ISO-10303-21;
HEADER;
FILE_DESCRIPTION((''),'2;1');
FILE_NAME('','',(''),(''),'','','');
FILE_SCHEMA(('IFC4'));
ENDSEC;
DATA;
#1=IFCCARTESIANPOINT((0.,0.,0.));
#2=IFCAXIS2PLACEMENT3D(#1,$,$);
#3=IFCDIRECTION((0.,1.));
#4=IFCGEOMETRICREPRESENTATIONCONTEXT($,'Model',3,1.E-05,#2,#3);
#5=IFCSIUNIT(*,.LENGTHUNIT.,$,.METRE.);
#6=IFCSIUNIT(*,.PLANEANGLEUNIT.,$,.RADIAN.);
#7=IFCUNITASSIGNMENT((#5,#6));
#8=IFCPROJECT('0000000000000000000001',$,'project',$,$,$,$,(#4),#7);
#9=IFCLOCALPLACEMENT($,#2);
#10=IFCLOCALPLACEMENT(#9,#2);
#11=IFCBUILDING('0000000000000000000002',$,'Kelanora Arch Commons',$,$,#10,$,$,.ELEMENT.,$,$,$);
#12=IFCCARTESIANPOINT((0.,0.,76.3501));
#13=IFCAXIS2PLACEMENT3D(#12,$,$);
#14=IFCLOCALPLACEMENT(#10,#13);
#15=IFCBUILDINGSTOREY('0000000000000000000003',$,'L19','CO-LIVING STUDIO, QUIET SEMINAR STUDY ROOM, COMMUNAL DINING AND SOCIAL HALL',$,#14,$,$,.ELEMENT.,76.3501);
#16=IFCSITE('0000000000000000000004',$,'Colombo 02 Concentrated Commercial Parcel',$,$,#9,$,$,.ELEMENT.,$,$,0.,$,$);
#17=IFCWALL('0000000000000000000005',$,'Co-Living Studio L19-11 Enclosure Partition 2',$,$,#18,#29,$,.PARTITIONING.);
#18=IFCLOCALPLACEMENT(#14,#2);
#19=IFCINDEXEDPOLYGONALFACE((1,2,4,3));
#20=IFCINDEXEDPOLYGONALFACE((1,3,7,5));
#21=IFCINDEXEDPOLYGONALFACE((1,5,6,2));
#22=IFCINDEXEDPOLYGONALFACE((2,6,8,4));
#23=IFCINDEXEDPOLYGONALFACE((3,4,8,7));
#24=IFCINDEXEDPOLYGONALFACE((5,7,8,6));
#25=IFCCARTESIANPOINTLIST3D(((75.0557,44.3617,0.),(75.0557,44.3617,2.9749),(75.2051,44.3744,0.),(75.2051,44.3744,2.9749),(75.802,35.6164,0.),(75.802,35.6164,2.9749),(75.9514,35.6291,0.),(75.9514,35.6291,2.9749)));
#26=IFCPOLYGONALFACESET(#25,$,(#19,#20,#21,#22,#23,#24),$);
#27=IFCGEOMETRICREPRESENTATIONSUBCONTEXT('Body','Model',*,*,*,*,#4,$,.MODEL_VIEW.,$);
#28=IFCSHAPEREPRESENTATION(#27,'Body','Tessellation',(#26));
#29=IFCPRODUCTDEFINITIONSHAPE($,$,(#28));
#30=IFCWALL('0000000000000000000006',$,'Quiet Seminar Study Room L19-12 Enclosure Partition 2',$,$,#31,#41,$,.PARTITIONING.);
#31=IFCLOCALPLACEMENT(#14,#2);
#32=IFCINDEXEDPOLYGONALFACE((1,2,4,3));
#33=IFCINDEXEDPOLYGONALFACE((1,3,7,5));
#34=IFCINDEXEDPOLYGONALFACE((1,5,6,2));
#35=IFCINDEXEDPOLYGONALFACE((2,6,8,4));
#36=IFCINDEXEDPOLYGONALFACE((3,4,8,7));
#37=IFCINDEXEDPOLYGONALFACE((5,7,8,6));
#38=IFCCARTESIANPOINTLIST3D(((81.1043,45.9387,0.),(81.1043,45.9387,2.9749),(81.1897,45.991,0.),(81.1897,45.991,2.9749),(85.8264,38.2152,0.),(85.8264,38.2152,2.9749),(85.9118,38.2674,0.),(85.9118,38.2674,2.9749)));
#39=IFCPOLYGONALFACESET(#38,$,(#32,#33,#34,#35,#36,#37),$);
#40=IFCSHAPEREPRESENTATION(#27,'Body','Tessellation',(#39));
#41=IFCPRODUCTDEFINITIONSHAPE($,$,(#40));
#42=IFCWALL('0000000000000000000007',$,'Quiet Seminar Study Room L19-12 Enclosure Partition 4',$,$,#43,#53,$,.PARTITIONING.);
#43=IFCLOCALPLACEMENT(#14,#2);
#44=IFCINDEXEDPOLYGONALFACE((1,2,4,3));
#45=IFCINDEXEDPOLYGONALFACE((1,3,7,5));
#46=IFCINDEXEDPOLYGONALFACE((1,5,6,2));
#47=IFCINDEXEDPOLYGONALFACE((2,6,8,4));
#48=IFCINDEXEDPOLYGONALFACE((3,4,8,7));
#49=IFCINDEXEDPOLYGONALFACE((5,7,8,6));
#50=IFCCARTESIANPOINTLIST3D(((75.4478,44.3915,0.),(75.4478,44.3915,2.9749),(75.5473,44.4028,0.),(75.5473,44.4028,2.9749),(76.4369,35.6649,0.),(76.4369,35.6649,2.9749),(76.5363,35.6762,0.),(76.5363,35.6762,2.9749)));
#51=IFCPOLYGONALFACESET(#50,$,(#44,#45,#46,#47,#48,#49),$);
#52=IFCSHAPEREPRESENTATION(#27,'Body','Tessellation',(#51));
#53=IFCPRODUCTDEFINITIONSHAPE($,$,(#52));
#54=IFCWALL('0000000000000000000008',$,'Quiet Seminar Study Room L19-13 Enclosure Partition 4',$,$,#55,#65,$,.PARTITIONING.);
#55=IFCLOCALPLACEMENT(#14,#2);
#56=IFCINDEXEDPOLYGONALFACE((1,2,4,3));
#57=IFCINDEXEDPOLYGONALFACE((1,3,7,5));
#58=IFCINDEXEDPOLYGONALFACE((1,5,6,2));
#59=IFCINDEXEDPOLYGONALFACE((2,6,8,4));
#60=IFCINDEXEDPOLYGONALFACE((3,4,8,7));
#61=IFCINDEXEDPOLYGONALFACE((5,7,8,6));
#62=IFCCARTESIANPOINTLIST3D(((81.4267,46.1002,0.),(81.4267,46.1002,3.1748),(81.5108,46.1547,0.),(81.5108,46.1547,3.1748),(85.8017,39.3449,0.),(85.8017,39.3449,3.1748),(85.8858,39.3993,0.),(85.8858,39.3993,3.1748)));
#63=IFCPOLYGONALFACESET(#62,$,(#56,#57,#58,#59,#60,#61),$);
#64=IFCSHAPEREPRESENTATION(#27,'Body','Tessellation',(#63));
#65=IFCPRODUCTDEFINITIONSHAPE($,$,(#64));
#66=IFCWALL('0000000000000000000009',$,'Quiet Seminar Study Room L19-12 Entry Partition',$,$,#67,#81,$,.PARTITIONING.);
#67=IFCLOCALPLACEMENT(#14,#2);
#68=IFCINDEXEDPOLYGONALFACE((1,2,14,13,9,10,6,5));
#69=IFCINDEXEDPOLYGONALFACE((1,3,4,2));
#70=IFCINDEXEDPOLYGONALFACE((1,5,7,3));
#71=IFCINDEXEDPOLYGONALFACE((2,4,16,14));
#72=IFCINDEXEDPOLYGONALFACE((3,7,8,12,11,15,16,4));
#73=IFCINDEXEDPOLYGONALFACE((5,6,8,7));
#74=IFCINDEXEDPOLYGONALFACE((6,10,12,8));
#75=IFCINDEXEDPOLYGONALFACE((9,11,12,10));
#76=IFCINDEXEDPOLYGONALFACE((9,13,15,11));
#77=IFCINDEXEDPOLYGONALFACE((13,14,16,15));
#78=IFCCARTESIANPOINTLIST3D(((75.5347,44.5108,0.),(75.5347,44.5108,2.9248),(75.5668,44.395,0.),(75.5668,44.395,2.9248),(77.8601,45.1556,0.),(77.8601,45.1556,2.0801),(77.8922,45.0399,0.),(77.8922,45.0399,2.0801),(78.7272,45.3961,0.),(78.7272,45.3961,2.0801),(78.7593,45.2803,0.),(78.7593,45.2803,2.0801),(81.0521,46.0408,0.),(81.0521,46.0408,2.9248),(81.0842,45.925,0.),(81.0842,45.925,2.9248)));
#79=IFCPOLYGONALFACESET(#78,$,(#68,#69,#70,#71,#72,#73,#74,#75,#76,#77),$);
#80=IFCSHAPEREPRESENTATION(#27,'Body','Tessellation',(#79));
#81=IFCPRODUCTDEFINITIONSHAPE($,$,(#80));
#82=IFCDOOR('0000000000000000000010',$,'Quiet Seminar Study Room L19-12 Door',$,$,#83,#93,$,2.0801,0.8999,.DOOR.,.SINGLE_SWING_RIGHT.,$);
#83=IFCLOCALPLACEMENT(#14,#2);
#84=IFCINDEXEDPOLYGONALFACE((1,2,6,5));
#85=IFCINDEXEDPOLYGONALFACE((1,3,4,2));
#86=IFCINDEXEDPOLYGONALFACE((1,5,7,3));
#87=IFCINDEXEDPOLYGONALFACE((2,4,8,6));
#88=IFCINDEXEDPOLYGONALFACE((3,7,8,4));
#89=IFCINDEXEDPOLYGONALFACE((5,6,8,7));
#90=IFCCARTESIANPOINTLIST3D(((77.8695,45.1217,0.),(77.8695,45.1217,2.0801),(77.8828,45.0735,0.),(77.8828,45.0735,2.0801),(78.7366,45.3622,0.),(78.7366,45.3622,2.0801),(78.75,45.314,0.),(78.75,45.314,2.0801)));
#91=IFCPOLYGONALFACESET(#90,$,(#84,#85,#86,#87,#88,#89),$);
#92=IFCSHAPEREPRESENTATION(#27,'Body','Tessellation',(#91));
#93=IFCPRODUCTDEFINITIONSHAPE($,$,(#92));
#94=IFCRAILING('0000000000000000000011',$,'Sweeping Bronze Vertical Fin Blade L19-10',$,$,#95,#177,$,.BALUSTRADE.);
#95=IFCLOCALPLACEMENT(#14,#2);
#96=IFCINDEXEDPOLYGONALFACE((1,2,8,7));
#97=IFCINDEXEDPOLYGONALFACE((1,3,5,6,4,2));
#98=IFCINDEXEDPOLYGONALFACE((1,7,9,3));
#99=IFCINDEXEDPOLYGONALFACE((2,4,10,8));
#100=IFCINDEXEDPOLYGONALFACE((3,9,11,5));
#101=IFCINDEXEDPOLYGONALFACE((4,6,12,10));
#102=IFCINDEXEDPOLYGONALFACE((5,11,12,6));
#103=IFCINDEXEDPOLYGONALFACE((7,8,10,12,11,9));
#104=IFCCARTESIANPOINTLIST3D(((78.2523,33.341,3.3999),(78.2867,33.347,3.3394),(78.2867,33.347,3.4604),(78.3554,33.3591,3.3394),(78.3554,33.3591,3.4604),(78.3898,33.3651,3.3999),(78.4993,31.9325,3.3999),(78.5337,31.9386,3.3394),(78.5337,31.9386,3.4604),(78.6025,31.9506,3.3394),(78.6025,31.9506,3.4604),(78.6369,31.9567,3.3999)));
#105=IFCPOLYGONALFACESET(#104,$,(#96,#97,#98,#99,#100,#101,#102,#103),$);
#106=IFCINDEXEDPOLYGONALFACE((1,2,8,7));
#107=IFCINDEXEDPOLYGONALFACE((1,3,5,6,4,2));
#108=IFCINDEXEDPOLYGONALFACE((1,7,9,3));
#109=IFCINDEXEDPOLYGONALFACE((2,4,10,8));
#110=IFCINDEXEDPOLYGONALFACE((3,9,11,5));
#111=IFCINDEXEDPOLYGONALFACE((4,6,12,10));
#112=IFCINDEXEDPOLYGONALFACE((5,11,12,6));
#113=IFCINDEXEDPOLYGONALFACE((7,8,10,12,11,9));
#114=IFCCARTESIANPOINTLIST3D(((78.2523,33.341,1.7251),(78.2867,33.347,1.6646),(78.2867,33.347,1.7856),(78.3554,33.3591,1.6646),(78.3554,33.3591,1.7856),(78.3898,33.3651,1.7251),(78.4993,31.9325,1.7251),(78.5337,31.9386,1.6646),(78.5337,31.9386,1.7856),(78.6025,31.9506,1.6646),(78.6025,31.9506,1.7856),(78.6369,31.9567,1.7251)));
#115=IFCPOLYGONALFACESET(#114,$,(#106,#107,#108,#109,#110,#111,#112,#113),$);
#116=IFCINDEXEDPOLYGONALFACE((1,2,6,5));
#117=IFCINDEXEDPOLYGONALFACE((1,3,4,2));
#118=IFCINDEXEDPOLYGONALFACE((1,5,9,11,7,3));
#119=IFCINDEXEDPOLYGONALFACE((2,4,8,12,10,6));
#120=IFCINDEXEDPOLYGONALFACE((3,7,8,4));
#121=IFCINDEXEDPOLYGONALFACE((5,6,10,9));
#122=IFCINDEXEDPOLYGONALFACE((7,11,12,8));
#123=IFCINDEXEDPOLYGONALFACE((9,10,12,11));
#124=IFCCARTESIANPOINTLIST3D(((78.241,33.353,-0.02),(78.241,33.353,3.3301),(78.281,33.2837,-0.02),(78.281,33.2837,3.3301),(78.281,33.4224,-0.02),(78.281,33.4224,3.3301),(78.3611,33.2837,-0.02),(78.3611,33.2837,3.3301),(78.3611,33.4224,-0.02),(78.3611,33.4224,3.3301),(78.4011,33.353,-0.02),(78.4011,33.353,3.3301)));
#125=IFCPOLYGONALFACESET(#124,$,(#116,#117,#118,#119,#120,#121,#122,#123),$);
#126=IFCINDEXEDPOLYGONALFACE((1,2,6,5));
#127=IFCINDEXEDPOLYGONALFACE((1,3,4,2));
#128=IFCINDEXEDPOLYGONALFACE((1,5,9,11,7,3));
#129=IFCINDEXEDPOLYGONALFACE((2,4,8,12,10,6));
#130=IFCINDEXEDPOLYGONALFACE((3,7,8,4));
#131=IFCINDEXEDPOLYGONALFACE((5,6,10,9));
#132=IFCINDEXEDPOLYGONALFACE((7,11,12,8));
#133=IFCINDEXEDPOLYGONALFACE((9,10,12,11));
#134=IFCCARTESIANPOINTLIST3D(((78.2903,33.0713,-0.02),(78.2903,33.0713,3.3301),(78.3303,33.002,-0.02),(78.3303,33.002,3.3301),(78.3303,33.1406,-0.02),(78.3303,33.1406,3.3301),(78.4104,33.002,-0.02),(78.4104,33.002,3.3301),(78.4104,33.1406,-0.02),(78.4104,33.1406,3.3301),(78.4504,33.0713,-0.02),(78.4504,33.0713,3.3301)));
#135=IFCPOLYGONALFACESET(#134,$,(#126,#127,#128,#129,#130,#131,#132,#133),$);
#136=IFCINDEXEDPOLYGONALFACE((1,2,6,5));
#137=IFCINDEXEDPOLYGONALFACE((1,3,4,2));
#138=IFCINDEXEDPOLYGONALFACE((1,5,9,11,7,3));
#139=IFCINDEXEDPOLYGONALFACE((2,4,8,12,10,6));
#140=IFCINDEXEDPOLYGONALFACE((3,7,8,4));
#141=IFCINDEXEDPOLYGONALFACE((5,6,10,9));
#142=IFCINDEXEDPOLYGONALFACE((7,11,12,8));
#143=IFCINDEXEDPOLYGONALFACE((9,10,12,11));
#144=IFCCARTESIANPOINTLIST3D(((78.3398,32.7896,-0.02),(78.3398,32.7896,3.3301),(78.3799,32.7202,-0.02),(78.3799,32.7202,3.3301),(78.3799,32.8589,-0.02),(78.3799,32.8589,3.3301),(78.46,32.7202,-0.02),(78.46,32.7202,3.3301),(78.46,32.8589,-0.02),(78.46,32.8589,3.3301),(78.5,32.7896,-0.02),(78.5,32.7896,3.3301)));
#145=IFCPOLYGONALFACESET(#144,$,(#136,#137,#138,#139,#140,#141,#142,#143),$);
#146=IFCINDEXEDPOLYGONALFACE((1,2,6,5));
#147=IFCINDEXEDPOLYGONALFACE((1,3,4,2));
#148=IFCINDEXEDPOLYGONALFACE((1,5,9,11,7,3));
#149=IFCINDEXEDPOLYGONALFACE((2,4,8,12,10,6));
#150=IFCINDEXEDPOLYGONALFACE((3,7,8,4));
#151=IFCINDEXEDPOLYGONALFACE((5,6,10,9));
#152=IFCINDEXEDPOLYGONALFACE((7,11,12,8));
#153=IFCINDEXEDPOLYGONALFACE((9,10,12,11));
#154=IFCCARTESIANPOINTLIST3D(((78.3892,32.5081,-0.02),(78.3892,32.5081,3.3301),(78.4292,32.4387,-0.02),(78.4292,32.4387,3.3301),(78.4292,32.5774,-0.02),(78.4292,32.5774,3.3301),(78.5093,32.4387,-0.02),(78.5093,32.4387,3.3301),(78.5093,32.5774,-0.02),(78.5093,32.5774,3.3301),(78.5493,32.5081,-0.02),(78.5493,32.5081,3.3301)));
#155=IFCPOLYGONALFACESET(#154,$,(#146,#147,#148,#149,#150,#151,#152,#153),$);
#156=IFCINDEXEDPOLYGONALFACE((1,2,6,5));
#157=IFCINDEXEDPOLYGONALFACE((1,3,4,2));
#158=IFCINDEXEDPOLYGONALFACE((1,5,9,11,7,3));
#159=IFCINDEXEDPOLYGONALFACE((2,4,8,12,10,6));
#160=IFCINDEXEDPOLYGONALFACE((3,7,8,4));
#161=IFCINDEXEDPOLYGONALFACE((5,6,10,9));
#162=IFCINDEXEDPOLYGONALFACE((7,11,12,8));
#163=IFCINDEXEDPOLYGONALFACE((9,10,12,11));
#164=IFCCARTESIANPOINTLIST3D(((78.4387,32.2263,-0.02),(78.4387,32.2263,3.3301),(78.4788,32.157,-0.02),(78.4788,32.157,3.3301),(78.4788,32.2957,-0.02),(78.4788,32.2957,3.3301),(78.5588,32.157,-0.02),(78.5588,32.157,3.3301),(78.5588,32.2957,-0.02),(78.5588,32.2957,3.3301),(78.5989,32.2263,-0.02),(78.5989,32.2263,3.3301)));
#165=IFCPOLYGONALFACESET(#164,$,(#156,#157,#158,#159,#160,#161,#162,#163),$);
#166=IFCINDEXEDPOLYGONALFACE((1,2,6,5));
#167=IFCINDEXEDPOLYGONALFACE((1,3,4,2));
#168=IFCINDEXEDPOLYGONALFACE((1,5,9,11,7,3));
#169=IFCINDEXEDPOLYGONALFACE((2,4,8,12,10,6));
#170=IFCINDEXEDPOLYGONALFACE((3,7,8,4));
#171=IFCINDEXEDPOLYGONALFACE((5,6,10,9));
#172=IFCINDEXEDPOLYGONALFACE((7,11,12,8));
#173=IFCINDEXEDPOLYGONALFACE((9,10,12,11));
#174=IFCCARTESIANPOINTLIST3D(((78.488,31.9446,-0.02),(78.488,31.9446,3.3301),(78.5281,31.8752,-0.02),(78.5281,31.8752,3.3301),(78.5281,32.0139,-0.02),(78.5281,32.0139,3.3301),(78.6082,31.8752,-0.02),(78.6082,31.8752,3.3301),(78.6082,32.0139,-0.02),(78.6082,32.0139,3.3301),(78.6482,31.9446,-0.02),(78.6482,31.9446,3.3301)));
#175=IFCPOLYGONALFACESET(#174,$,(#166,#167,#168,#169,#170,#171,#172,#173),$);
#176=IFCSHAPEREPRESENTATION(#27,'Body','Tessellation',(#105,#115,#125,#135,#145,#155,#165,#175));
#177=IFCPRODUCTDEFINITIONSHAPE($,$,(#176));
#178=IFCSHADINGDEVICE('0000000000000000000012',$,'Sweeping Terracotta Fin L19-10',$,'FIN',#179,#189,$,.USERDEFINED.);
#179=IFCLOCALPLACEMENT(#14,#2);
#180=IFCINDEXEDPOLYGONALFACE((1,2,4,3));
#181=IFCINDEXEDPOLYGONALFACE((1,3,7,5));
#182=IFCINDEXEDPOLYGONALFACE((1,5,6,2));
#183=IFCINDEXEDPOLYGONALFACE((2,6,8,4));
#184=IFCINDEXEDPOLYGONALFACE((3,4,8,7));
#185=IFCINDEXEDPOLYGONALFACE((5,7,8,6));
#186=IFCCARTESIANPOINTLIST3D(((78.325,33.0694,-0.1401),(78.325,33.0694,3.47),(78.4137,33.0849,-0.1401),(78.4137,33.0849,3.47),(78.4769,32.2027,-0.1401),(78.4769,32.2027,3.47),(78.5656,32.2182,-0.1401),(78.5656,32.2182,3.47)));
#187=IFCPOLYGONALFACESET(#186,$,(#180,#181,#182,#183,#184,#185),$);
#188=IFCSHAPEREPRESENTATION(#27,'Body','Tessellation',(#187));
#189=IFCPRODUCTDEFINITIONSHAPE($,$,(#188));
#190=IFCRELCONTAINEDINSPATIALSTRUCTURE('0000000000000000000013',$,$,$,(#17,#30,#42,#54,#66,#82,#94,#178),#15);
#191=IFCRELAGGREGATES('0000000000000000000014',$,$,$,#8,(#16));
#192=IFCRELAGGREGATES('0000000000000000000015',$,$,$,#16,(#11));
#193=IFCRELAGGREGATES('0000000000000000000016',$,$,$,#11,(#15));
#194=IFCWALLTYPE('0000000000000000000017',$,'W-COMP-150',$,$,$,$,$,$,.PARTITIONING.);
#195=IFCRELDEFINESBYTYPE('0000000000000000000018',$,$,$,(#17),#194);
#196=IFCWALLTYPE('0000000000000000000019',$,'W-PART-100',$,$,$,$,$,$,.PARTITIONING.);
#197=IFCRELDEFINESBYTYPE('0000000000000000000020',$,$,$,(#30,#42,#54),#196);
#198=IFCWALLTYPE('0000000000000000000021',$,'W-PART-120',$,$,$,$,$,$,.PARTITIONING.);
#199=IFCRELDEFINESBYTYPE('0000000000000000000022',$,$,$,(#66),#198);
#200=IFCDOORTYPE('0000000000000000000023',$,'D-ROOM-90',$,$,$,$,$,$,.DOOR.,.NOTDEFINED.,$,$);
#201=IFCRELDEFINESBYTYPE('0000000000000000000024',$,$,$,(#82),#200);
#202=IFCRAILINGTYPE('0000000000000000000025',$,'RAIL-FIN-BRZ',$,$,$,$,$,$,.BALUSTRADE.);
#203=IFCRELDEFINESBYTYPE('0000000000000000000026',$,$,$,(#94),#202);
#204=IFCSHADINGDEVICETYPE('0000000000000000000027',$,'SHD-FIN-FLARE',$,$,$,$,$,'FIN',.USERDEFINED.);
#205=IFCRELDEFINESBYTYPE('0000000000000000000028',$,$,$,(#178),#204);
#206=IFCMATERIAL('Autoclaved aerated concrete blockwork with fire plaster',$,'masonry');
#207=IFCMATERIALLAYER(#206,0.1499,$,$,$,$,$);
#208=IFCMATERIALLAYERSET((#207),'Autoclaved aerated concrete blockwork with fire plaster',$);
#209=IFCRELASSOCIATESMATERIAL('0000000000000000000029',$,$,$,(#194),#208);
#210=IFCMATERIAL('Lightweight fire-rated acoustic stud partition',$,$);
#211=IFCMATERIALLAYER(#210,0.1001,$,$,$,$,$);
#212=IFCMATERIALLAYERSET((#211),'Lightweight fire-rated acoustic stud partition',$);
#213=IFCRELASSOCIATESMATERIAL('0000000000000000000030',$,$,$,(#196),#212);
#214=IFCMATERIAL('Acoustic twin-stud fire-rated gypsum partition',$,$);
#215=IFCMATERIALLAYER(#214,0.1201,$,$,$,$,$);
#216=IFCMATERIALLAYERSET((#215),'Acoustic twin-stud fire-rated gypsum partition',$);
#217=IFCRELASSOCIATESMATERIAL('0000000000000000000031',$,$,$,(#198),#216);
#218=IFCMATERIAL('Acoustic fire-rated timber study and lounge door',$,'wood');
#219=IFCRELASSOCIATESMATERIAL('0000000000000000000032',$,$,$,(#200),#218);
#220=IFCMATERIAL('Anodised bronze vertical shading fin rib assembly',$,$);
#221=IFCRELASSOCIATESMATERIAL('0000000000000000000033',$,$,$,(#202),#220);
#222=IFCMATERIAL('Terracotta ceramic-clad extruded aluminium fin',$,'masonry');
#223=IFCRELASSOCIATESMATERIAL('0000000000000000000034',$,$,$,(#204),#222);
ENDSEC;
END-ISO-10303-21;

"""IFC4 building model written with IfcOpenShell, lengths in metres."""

from ifc_helpers import new_model, si_unit, direction, frame, frame_2d, origin, origin_2d, place, context, subcontext, project, spatial, polyline, rectangle, outline, extrude, source, transform, mapped, material, layer, layer_set, type_object, element, fill, save


model = new_model("IFC4")

# Units and contexts
model_context = context("Model", 3, precision=1e-05, world=origin(), true_north=direction((0.0, 1.0)))
body_context = subcontext(model_context, "Body", "Model", "MODEL_VIEW")
ifc_project = project(units=[si_unit("LENGTHUNIT", "METRE"), si_unit("PLANEANGLEUNIT", "RADIAN")], contexts=[model_context])

# Site, building, storey
site_placement = place(None, origin())
site = spatial("IfcSite", under=ifc_project, at=site_placement, Name="Colombo 02 Concentrated Commercial Parcel", CompositionType="ELEMENT", RefElevation=0.0)
building_placement = place(site_placement, origin())
building = spatial("IfcBuilding", under=site, at=building_placement, Name="Kelanora Arch Commons", CompositionType="ELEMENT")
storey_placement = place(building_placement, frame((0.0, 0.0, 76.3501)))
storey = spatial("IfcBuildingStorey", under=building, at=storey_placement, Name="L19", Description="CO-LIVING STUDIO, QUIET SEMINAR STUDY ROOM, COMMUNAL DINING AND SOCIAL HALL", CompositionType="ELEMENT", Elevation=76.3501)

# Walls
ifc_material_1 = material(Name="Autoclaved aerated concrete blockwork with fire plaster", Category="masonry")
ifc_layer_1 = layer(ifc_material_1, 0.1499)
ifc_layer_set_1 = layer_set([ifc_layer_1], Name="Autoclaved aerated concrete blockwork with fire plaster")
wall_type_1 = type_object("IfcWallType", Name="W-COMP-150", PredefinedType="PARTITIONING", material=ifc_layer_set_1)
wall_1_placement = place(storey_placement, frame((75.1304, 44.3682, 0.0), z_axis=(0.0, 0.0, 1.0), x_axis=(0.085032, -0.996378, 0.0)))
element("IfcWall", 1, at=wall_1_placement, inside=storey, type_object=wall_type_1, Name="Co-Living Studio L19-11 Enclosure Partition 2", PredefinedType="PARTITIONING", context=body_context, shape_type="SweptSolid", body=[
    extrude(rectangle(XDim=8.7771, YDim=0.1499, at=frame_2d((4.3887, 0.0))), origin(), (0.0, 0.0, 1.0), 2.9749),
])
ifc_material_2 = material(Name="Lightweight fire-rated acoustic stud partition")
ifc_layer_2 = layer(ifc_material_2, 0.1001)
ifc_layer_set_2 = layer_set([ifc_layer_2], Name="Lightweight fire-rated acoustic stud partition")
wall_type_2 = type_object("IfcWallType", Name="W-PART-100", PredefinedType="PARTITIONING", material=ifc_layer_set_2)
wall_2_placement = place(storey_placement, frame((81.147, 45.9648, 0.0), z_axis=(0.0, 0.0, 1.0), x_axis=(0.521625, -0.853175, 0.0)))
element("IfcWall", 2, at=wall_2_placement, inside=storey, type_object=wall_type_2, Name="Quiet Seminar Study Room L19-12 Enclosure Partition 2", PredefinedType="PARTITIONING", context=body_context, shape_type="SweptSolid", body=[
    extrude(rectangle(XDim=9.0527, YDim=0.1001, at=frame_2d((4.5264, 0.0))), origin(), (0.0, 0.0, 1.0), 2.9749),
])
wall_3_placement = place(storey_placement, frame((76.4866, 35.6707, 0.0), z_axis=(0.0, 0.0, 1.0), x_axis=(-0.112613, 0.993639, 0.0)))
element("IfcWall", 3, at=wall_3_placement, inside=storey, type_object=wall_type_2, Name="Quiet Seminar Study Room L19-12 Enclosure Partition 4", PredefinedType="PARTITIONING", context=body_context, shape_type="SweptSolid", body=[
    extrude(rectangle(XDim=8.7825, YDim=0.1001, at=frame_2d((4.3911, 0.0))), origin(), (0.0, 0.0, 1.0), 2.9749),
])
wall_4_placement = place(storey_placement, frame((85.8438, 39.3721, 0.0), z_axis=(0.0, 0.0, 1.0), x_axis=(-0.543591, 0.83935, 0.0)))
element("IfcWall", 4, at=wall_4_placement, inside=storey, type_object=wall_type_2, Name="Quiet Seminar Study Room L19-13 Enclosure Partition 4", PredefinedType="PARTITIONING", context=body_context, shape_type="SweptSolid", body=[
    extrude(rectangle(XDim=8.0483, YDim=0.1001, at=frame_2d((4.0242, 0.0))), origin(), (0.0, 0.0, 1.0), 3.1748),
])

# Wall, opening, door
ifc_material_3 = material(Name="Acoustic twin-stud fire-rated gypsum partition")
ifc_layer_3 = layer(ifc_material_3, 0.1201)
ifc_layer_set_3 = layer_set([ifc_layer_3], Name="Acoustic twin-stud fire-rated gypsum partition")
wall_type_3 = type_object("IfcWallType", Name="W-PART-120", PredefinedType="PARTITIONING", material=ifc_layer_set_3)
wall_5_placement = place(storey_placement, frame((75.5508, 44.4529, 0.0), z_axis=(0.0, 0.0, 1.0), x_axis=(0.963633, 0.267228, 0.0)))
wall_5 = element("IfcWall", 5, at=wall_5_placement, inside=storey, type_object=wall_type_3, Name="Quiet Seminar Study Room L19-12 Entry Partition", PredefinedType="PARTITIONING", context=body_context, shape_type="SweptSolid", body=[
    extrude(rectangle(XDim=5.7256, YDim=0.1201, at=frame_2d((2.8628, 0.0))), origin(), (0.0, 0.0, 1.0), 2.9248),
])
opening_placement = place(wall_5_placement, frame((2.4131, 0.0, 0.0)))
opening = element("IfcOpeningElement", 6, at=opening_placement, cuts=wall_5, PredefinedType="OPENING", context=body_context, shape_type="SweptSolid", body=[
    extrude(rectangle(XDim=0.8999, YDim=2.0801, at=frame_2d((0.45, 1.04))), frame((0.0, 0.0701, 0.0), z_axis=(0.0, -1.0, 0.0), x_axis=(1.0, 0.0, 0.0)), (0.0, 0.0, 1.0), 0.1401),
])
ifc_material_4 = material(Name="Acoustic fire-rated timber study and lounge door", Category="wood")
door_type = type_object("IfcDoorType", Name="D-ROOM-90", OperationType="NOTDEFINED", PredefinedType="DOOR", material=ifc_material_4)
door_placement = place(opening_placement, origin())
door = element("IfcDoor", 7, at=door_placement, inside=storey, type_object=door_type, Name="Quiet Seminar Study Room L19-12 Door", OperationType="SINGLE_SWING_RIGHT", OverallHeight=2.0801, OverallWidth=0.8999, PredefinedType="DOOR", context=body_context, shape_type="SweptSolid", body=[
    extrude(rectangle(XDim=0.8999, YDim=2.0801, at=frame_2d((0.45, 1.04))), frame((0.0, 0.0249, 0.0), z_axis=(0.0, -1.0, 0.0), x_axis=(1.0, 0.0, 0.0)), (0.0, 0.0, 1.0), 0.05),
])
fill(opening, door)

# Railing
ifc_material_5 = material(Name="Anodised bronze vertical shading fin rib assembly")
railing_type = type_object("IfcRailingType", Name="RAIL-FIN-BRZ", PredefinedType="BALUSTRADE", material=ifc_material_5)
railing_placement = place(storey_placement, frame((78.321, 33.353, -0.02)))
element("IfcRailing", 8, at=railing_placement, inside=storey, type_object=railing_type, Name="Sweeping Bronze Vertical Fin Blade L19-10", PredefinedType="BALUSTRADE", context=body_context, shape_type="SweptSolid", body=[
    extrude(outline(polyline([(0.0698, 0.0), (0.0349, 0.0605), (-0.0349, 0.0605), (-0.0698, 0.0), (-0.0349, -0.0605), (0.0349, -0.0605), (0.0698, 0.0)])), frame((0.0, 0.0, 3.4199), z_axis=(0.172782, -0.98496, 0.0), x_axis=(0.98496, 0.172782, 0.0)), (0.0, 0.0, 1.0), 1.4299),
    extrude(outline(polyline([(0.0698, 0.0), (0.0349, 0.0605), (-0.0349, 0.0605), (-0.0698, 0.0), (-0.0349, -0.0605), (0.0349, -0.0605), (0.0698, 0.0)])), frame((0.0, 0.0, 1.7451), z_axis=(0.172782, -0.98496, 0.0), x_axis=(0.98496, 0.172782, 0.0)), (0.0, 0.0, 1.0), 1.4299),
    extrude(outline(polyline([(0.0801, 0.0), (0.04, 0.0693), (-0.04, 0.0693), (-0.0801, 0.0), (-0.04, -0.0693), (0.04, -0.0693), (0.0801, 0.0)])), origin(), (0.0, 0.0, 1.0), 3.3501),
    extrude(outline(polyline([(0.0801, 0.0), (0.04, 0.0693), (-0.04, 0.0693), (-0.0801, 0.0), (-0.04, -0.0693), (0.04, -0.0693), (0.0801, 0.0)])), frame((0.0493, -0.2817, 0.0)), (0.0, 0.0, 1.0), 3.3501),
    extrude(outline(polyline([(0.0801, 0.0), (0.04, 0.0693), (-0.04, 0.0693), (-0.0801, 0.0), (-0.04, -0.0693), (0.04, -0.0693), (0.0801, 0.0)])), frame((0.0989, -0.5635, 0.0)), (0.0, 0.0, 1.0), 3.3501),
    extrude(outline(polyline([(0.0801, 0.0), (0.04, 0.0693), (-0.04, 0.0693), (-0.0801, 0.0), (-0.04, -0.0693), (0.04, -0.0693), (0.0801, 0.0)])), frame((0.1482, -0.845, 0.0)), (0.0, 0.0, 1.0), 3.3501),
    extrude(outline(polyline([(0.0801, 0.0), (0.04, 0.0693), (-0.04, 0.0693), (-0.0801, 0.0), (-0.04, -0.0693), (0.04, -0.0693), (0.0801, 0.0)])), frame((0.1978, -1.1267, 0.0)), (0.0, 0.0, 1.0), 3.3501),
    extrude(outline(polyline([(0.0801, 0.0), (0.04, 0.0693), (-0.04, 0.0693), (-0.0801, 0.0), (-0.04, -0.0693), (0.04, -0.0693), (0.0801, 0.0)])), frame((0.2471, -1.4084, 0.0)), (0.0, 0.0, 1.0), 3.3501),
])

# Shading device
ifc_material_6 = material(Name="Terracotta ceramic-clad extruded aluminium fin", Category="masonry")
shading_device_type = type_object("IfcShadingDeviceType", Name="SHD-FIN-FLARE", ElementType="FIN", PredefinedType="USERDEFINED", material=ifc_material_6)
shared_shape_1 = source(origin(), body_context, "Body", "SweptSolid", [
    extrude(rectangle(XDim=0.8799, YDim=0.0901, at=origin_2d()), origin(), (0.0, 0.0, 1.0), 3.6101),
])
shading_device_placement = place(storey_placement, frame((78.4453, 32.6438, -0.1401), z_axis=(0.0, 0.0, 1.0), x_axis=(0.172617, -0.984989, 0.0)))
element("IfcShadingDevice", 9, at=shading_device_placement, inside=storey, type_object=shading_device_type, Name="Sweeping Terracotta Fin L19-10", ObjectType="FIN", PredefinedType="USERDEFINED", context=body_context, shape_type="MappedRepresentation", body=[
    mapped(shared_shape_1, transform((0.0, 0.0, 0.0), scale=1.0)),
])

save(model, "model.ifc")
